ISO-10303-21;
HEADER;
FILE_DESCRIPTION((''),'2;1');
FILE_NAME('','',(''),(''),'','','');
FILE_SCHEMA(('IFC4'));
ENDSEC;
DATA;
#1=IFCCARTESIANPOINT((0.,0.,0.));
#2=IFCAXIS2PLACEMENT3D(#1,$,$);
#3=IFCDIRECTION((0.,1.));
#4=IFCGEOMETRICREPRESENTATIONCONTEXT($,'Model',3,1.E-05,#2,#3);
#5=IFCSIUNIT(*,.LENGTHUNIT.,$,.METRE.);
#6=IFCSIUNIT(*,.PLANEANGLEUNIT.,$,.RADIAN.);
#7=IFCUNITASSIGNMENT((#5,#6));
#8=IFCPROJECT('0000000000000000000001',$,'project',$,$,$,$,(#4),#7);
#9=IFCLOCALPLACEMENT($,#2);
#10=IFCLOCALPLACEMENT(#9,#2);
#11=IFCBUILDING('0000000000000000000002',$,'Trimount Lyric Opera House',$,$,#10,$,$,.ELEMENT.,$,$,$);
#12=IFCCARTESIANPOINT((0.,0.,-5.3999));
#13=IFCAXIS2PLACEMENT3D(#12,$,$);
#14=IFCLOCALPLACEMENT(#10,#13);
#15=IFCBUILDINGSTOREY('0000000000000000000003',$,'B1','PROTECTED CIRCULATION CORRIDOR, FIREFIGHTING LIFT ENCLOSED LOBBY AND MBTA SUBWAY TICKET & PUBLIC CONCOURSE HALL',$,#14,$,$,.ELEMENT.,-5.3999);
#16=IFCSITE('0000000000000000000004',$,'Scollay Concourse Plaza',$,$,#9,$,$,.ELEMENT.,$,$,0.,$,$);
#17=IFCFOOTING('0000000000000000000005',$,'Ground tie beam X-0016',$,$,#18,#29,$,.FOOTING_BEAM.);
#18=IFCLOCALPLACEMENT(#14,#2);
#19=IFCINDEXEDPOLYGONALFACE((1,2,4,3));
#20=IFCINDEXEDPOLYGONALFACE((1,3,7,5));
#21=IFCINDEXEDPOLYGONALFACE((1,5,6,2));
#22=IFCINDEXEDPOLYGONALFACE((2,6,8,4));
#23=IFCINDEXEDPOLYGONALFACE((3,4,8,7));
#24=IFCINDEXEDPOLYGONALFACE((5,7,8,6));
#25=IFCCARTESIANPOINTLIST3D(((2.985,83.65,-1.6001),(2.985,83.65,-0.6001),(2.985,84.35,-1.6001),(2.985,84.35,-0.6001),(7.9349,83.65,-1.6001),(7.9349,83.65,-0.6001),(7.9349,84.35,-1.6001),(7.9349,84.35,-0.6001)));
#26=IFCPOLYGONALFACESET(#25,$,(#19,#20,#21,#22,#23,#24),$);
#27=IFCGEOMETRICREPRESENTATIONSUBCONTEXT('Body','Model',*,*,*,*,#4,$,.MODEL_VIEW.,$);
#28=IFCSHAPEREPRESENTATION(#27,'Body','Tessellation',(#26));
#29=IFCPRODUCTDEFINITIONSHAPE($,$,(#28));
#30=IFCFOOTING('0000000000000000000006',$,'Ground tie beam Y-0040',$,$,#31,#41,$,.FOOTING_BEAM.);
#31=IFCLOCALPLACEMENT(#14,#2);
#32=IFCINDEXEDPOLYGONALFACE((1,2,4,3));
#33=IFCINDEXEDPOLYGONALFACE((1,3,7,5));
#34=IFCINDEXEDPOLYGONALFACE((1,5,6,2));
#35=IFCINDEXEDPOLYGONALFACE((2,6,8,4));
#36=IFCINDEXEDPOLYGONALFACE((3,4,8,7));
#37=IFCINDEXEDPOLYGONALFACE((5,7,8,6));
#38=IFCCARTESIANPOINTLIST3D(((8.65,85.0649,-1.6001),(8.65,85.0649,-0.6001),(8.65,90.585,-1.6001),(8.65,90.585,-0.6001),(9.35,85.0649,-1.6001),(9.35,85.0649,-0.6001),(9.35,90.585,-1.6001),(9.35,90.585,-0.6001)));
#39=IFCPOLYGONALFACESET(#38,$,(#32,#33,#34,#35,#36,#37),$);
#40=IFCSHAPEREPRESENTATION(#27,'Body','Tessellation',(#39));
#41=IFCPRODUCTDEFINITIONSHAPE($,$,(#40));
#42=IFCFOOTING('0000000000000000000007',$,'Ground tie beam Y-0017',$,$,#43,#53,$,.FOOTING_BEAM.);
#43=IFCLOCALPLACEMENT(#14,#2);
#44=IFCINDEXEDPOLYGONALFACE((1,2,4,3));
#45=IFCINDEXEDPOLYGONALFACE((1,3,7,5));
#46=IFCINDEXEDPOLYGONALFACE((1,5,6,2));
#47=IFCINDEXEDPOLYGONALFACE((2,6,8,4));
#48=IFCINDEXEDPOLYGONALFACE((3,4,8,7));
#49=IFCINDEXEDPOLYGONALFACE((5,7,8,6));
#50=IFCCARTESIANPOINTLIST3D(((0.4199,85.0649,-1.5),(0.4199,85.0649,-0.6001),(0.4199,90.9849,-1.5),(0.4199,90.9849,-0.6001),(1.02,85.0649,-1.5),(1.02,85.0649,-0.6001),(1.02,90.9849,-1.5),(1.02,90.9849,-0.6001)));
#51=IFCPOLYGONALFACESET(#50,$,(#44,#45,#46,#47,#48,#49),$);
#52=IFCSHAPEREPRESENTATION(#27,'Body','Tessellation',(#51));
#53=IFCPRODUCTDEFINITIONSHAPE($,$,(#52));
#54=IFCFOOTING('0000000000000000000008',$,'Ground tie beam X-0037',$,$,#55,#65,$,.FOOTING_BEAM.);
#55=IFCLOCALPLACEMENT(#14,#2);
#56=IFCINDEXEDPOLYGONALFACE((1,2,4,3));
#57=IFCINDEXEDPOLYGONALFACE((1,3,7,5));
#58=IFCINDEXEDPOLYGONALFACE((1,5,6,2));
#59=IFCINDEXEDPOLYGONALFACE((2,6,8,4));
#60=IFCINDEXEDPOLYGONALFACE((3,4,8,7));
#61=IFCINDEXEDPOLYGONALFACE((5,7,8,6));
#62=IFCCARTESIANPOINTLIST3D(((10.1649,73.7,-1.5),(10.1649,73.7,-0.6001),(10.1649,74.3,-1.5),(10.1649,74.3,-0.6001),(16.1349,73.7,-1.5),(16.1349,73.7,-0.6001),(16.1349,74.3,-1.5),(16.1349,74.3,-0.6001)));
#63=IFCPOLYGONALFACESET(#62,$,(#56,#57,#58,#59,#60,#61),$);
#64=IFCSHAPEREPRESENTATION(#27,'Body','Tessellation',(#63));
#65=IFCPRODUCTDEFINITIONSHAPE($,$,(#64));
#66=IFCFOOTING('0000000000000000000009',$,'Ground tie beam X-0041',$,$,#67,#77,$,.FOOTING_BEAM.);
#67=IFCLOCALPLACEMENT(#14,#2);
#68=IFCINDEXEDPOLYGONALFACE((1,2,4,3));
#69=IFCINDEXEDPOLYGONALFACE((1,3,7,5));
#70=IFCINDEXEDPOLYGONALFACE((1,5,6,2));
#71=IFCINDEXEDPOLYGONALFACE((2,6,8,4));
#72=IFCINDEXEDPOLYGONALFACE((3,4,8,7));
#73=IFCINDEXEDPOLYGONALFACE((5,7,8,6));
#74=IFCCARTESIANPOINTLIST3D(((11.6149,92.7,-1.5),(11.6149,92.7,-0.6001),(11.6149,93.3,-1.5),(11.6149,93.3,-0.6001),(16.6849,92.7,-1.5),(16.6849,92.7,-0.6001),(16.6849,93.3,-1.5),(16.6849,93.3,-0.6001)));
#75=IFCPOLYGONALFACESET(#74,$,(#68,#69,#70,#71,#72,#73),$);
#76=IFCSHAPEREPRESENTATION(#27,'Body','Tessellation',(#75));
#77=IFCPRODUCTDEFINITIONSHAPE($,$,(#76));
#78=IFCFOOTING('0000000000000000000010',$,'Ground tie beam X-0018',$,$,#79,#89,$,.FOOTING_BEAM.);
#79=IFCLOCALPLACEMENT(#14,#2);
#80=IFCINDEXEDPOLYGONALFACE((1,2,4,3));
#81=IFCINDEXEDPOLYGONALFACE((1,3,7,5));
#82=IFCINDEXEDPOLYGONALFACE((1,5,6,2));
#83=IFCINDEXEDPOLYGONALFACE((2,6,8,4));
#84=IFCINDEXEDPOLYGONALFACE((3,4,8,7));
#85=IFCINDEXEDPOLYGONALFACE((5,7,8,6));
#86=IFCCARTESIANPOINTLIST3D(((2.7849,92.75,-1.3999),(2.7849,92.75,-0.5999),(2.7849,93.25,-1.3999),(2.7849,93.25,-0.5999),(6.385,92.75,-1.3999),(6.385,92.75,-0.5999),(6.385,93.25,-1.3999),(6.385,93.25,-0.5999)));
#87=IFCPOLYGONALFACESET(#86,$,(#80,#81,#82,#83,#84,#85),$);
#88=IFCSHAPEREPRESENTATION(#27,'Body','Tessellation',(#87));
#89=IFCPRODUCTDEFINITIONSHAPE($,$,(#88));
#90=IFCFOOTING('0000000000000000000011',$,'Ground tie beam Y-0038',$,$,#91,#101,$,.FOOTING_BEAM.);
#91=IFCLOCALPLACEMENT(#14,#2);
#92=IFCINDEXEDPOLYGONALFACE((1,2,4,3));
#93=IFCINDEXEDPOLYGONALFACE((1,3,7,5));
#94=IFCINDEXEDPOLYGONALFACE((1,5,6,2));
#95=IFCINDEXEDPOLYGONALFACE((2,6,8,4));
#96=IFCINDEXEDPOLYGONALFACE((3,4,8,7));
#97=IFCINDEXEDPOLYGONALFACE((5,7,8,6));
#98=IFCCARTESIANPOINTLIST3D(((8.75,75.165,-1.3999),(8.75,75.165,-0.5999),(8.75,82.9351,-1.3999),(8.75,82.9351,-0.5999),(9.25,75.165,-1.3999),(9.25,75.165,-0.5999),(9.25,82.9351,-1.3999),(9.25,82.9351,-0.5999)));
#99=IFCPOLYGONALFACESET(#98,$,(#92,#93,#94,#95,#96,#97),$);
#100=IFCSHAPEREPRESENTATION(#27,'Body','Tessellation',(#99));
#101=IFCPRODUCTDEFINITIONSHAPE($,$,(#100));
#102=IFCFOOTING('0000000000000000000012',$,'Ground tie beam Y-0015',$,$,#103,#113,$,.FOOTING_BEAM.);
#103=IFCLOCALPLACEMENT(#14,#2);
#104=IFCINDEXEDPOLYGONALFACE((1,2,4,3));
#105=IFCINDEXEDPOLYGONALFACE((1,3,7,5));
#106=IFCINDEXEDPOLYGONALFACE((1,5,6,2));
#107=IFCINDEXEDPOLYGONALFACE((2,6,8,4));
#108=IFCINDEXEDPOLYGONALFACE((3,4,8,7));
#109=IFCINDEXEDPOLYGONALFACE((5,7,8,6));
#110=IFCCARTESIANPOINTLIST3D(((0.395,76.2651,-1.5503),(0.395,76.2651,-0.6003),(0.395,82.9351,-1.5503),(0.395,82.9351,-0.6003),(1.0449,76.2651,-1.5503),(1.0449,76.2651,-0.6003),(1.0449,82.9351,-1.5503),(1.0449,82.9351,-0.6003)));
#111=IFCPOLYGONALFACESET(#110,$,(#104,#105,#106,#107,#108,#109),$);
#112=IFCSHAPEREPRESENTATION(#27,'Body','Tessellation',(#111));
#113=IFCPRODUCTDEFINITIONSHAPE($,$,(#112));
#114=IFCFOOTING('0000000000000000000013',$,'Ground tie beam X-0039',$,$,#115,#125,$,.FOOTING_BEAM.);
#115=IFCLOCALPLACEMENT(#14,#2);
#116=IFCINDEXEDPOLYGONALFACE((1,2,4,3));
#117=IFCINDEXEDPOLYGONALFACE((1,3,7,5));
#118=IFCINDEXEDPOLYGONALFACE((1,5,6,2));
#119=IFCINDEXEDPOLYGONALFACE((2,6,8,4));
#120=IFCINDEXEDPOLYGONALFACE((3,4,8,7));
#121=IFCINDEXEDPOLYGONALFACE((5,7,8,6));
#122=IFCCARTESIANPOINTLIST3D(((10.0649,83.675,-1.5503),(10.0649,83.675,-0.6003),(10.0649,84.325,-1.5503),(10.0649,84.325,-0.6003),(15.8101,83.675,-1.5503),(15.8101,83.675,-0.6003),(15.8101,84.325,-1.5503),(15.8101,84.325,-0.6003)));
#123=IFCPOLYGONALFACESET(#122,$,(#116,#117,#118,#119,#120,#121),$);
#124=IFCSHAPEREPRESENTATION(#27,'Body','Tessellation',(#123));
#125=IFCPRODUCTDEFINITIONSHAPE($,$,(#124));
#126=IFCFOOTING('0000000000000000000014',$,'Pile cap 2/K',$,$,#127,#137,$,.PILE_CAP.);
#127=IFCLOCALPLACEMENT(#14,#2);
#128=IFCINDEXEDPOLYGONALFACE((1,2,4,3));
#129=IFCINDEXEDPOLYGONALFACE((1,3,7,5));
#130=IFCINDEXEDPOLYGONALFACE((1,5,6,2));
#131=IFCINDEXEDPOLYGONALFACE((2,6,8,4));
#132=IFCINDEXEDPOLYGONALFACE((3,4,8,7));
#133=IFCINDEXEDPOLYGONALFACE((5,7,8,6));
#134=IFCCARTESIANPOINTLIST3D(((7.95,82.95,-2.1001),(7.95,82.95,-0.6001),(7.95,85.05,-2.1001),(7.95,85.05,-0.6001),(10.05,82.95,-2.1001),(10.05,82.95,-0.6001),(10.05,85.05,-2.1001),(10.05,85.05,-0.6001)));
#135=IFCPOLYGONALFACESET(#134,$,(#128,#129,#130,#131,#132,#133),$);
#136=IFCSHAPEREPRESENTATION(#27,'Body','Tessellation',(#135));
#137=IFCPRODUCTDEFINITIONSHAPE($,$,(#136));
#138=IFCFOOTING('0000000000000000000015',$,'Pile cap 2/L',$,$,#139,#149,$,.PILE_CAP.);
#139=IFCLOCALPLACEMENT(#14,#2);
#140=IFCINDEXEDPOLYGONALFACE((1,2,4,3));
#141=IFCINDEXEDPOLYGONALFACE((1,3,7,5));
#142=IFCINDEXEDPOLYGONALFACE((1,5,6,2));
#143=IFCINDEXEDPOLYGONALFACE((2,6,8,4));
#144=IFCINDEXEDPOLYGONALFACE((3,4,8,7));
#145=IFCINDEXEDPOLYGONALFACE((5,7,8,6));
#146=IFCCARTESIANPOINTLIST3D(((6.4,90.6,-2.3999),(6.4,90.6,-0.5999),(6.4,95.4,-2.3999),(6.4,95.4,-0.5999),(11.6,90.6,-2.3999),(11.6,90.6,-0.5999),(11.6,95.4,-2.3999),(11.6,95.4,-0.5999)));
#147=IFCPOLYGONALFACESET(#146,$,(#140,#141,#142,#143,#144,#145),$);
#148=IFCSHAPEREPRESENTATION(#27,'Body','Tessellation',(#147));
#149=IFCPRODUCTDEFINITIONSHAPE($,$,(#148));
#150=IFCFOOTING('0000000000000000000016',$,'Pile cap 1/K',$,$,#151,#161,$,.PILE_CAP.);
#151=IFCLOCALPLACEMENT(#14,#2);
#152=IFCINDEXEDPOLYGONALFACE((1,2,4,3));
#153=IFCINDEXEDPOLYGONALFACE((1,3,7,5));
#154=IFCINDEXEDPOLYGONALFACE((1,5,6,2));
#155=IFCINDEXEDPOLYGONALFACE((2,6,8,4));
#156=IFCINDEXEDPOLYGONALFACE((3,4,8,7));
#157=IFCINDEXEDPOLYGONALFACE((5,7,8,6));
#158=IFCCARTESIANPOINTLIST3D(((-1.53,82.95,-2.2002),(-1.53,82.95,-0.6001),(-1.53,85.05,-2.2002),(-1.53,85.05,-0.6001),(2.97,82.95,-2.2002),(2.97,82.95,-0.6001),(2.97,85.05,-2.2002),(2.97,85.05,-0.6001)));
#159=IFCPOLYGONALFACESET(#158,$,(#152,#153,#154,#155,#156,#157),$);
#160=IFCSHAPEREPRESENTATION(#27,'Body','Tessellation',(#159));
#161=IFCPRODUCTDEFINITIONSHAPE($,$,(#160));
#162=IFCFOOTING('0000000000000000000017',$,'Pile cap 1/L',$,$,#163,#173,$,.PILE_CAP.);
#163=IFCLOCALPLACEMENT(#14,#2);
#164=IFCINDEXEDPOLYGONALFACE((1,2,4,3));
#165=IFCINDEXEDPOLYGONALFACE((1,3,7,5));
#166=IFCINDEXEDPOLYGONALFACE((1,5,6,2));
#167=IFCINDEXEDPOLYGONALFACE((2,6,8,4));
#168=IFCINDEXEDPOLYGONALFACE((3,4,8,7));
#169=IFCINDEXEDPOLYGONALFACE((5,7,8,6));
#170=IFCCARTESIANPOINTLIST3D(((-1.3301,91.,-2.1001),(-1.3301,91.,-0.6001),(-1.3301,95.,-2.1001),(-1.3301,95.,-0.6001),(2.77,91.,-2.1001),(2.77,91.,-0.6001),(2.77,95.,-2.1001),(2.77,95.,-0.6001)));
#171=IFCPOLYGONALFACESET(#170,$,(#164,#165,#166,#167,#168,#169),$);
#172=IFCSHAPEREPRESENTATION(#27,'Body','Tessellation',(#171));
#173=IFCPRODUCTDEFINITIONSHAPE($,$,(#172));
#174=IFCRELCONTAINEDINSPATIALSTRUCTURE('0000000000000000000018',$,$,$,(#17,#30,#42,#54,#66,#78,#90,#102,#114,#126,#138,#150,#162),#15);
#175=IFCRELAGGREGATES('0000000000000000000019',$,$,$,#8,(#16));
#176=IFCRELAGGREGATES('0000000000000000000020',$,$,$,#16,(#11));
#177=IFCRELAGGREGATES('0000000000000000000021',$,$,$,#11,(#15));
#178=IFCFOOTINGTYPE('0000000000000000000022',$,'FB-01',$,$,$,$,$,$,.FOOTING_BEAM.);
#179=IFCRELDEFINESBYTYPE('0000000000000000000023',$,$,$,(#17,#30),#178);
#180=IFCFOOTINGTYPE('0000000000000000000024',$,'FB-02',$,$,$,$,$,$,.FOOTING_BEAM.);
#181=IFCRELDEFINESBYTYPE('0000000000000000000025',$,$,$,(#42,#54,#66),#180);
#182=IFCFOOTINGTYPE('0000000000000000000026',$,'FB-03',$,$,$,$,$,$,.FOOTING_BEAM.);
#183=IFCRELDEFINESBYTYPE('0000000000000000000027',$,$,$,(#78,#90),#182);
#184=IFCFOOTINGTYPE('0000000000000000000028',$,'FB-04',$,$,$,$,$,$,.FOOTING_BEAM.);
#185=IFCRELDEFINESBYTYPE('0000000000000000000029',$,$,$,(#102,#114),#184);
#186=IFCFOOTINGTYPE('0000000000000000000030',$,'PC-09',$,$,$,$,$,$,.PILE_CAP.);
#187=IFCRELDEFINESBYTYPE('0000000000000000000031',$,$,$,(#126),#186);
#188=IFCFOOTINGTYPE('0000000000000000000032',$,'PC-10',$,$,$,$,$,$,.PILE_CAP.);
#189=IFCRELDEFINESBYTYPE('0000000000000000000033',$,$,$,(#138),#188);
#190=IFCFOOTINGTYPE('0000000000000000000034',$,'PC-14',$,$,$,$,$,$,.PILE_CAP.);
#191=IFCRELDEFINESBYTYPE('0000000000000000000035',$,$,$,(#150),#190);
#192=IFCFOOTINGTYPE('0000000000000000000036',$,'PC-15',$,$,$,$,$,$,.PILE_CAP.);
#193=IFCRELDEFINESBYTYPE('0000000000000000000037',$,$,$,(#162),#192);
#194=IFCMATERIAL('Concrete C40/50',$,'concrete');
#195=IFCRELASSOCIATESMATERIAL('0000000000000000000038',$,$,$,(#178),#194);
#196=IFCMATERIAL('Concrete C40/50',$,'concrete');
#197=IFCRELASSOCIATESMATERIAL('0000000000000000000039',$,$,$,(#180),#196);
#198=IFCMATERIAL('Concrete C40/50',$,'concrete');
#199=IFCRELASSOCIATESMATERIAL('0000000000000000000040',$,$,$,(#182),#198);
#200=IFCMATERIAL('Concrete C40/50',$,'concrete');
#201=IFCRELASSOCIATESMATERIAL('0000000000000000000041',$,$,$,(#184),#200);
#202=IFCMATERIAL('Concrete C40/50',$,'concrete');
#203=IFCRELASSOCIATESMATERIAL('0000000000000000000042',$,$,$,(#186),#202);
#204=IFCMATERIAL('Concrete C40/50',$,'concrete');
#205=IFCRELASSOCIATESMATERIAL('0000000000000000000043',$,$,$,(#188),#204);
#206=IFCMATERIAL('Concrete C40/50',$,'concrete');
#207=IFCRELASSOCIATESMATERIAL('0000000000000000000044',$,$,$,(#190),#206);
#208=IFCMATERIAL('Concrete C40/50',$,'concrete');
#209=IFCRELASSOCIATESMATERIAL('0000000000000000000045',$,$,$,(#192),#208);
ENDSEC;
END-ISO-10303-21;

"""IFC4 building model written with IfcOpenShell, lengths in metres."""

from ifc_helpers import new_model, si_unit, direction, frame, origin, origin_2d, place, context, subcontext, project, spatial, rectangle, extrude, material, type_object, element, save


model = new_model("IFC4")

# Units and contexts
model_context = context("Model", 3, precision=1e-05, world=origin(), true_north=direction((0.0, 1.0)))
body_context = subcontext(model_context, "Body", "Model", "MODEL_VIEW")
ifc_project = project(units=[si_unit("LENGTHUNIT", "METRE"), si_unit("PLANEANGLEUNIT", "RADIAN")], contexts=[model_context])

# Site, building, storey
site_placement = place(None, origin())
site = spatial("IfcSite", under=ifc_project, at=site_placement, Name="Scollay Concourse Plaza", CompositionType="ELEMENT", RefElevation=0.0)
building_placement = place(site_placement, origin())
building = spatial("IfcBuilding", under=site, at=building_placement, Name="Trimount Lyric Opera House", CompositionType="ELEMENT")
storey_placement = place(building_placement, frame((0.0, 0.0, -5.3999)))
storey = spatial("IfcBuildingStorey", under=building, at=storey_placement, Name="B1", Description="PROTECTED CIRCULATION CORRIDOR, FIREFIGHTING LIFT ENCLOSED LOBBY AND MBTA SUBWAY TICKET & PUBLIC CONCOURSE HALL", CompositionType="ELEMENT", Elevation=-5.3999)

# Footings
ifc_material_1 = material(Name="Concrete C40/50", Category="concrete")
footing_type_1 = type_object("IfcFootingType", Name="FB-01", PredefinedType="FOOTING_BEAM", material=ifc_material_1)
footing_1_placement = place(storey_placement, frame((5.46, 84.0, -1.6001), z_axis=(0.0, 0.0, 1.0), x_axis=(1.0, 0.0, 0.0)))
element("IfcFooting", 1, at=footing_1_placement, inside=storey, type_object=footing_type_1, Name="Ground tie beam X-0016", PredefinedType="FOOTING_BEAM", context=body_context, shape_type="SweptSolid", body=[
    extrude(rectangle(XDim=4.95, YDim=0.7, at=origin_2d()), origin(), (0.0, 0.0, 1.0), 1.0),
])
footing_2_placement = place(storey_placement, frame((9.0, 87.825, -1.6001), z_axis=(0.0, 0.0, 1.0), x_axis=(1.0, 0.0, 0.0)))
element("IfcFooting", 2, at=footing_2_placement, inside=storey, type_object=footing_type_1, Name="Ground tie beam Y-0040", PredefinedType="FOOTING_BEAM", context=body_context, shape_type="SweptSolid", body=[
    extrude(rectangle(XDim=0.7, YDim=5.52, at=origin_2d()), origin(), (0.0, 0.0, 1.0), 1.0),
])
ifc_material_2 = material(Name="Concrete C40/50", Category="concrete")
footing_type_2 = type_object("IfcFootingType", Name="FB-02", PredefinedType="FOOTING_BEAM", material=ifc_material_2)
footing_3_placement = place(storey_placement, frame((0.72, 88.0249, -1.5), z_axis=(0.0, 0.0, 1.0), x_axis=(1.0, 0.0, 0.0)))
element("IfcFooting", 3, at=footing_3_placement, inside=storey, type_object=footing_type_2, Name="Ground tie beam Y-0017", PredefinedType="FOOTING_BEAM", context=body_context, shape_type="SweptSolid", body=[
    extrude(rectangle(XDim=0.6001, YDim=5.9199, at=origin_2d()), origin(), (0.0, 0.0, 1.0), 0.8999),
])
footing_4_placement = place(storey_placement, frame((13.1499, 74.0, -1.5), z_axis=(0.0, 0.0, 1.0), x_axis=(1.0, 0.0, 0.0)))
element("IfcFooting", 4, at=footing_4_placement, inside=storey, type_object=footing_type_2, Name="Ground tie beam X-0037", PredefinedType="FOOTING_BEAM", context=body_context, shape_type="SweptSolid", body=[
    extrude(rectangle(XDim=5.97, YDim=0.6001, at=origin_2d()), origin(), (0.0, 0.0, 1.0), 0.8999),
])
footing_5_placement = place(storey_placement, frame((14.1499, 93.0, -1.5), z_axis=(0.0, 0.0, 1.0), x_axis=(1.0, 0.0, 0.0)))
element("IfcFooting", 5, at=footing_5_placement, inside=storey, type_object=footing_type_2, Name="Ground tie beam X-0041", PredefinedType="FOOTING_BEAM", context=body_context, shape_type="SweptSolid", body=[
    extrude(rectangle(XDim=5.0701, YDim=0.6001, at=origin_2d()), origin(), (0.0, 0.0, 1.0), 0.8999),
])
ifc_material_3 = material(Name="Concrete C40/50", Category="concrete")
footing_type_3 = type_object("IfcFootingType", Name="FB-03", PredefinedType="FOOTING_BEAM", material=ifc_material_3)
footing_6_placement = place(storey_placement, frame((4.585, 93.0, -1.3999), z_axis=(0.0, 0.0, 1.0), x_axis=(1.0, 0.0, 0.0)))
element("IfcFooting", 6, at=footing_6_placement, inside=storey, type_object=footing_type_3, Name="Ground tie beam X-0018", PredefinedType="FOOTING_BEAM", context=body_context, shape_type="SweptSolid", body=[
    extrude(rectangle(XDim=3.6001, YDim=0.5, at=origin_2d()), origin(), (0.0, 0.0, 1.0), 0.8),
])
footing_7_placement = place(storey_placement, frame((9.0, 79.05, -1.3999), z_axis=(0.0, 0.0, 1.0), x_axis=(1.0, 0.0, 0.0)))
element("IfcFooting", 7, at=footing_7_placement, inside=storey, type_object=footing_type_3, Name="Ground tie beam Y-0038", PredefinedType="FOOTING_BEAM", context=body_context, shape_type="SweptSolid", body=[
    extrude(rectangle(XDim=0.5, YDim=7.77, at=origin_2d()), origin(), (0.0, 0.0, 1.0), 0.8),
])
ifc_material_4 = material(Name="Concrete C40/50", Category="concrete")
footing_type_4 = type_object("IfcFootingType", Name="FB-04", PredefinedType="FOOTING_BEAM", material=ifc_material_4)
footing_8_placement = place(storey_placement, frame((0.72, 79.6001, -1.5503), z_axis=(0.0, 0.0, 1.0), x_axis=(1.0, 0.0, 0.0)))
element("IfcFooting", 8, at=footing_8_placement, inside=storey, type_object=footing_type_4, Name="Ground tie beam Y-0015", PredefinedType="FOOTING_BEAM", context=body_context, shape_type="SweptSolid", body=[
    extrude(rectangle(XDim=0.6499, YDim=6.6699, at=origin_2d()), origin(), (0.0, 0.0, 1.0), 0.95),
])
footing_9_placement = place(storey_placement, frame((12.9375, 84.0, -1.5503), z_axis=(0.0, 0.0, 1.0), x_axis=(1.0, 0.0, 0.0)))
element("IfcFooting", 9, at=footing_9_placement, inside=storey, type_object=footing_type_4, Name="Ground tie beam X-0039", PredefinedType="FOOTING_BEAM", context=body_context, shape_type="SweptSolid", body=[
    extrude(rectangle(XDim=5.7451, YDim=0.6499, at=origin_2d()), origin(), (0.0, 0.0, 1.0), 0.95),
])
ifc_material_5 = material(Name="Concrete C40/50", Category="concrete")
footing_type_5 = type_object("IfcFootingType", Name="PC-09", PredefinedType="PILE_CAP", material=ifc_material_5)
footing_10_placement = place(storey_placement, frame((9.0, 84.0, -2.1001), z_axis=(0.0, 0.0, 1.0), x_axis=(1.0, 0.0, 0.0)))
element("IfcFooting", 10, at=footing_10_placement, inside=storey, type_object=footing_type_5, Name="Pile cap 2/K", PredefinedType="PILE_CAP", context=body_context, shape_type="SweptSolid", body=[
    extrude(rectangle(XDim=2.1001, YDim=2.1001, at=origin_2d()), origin(), (0.0, 0.0, 1.0), 1.5),
])
ifc_material_6 = material(Name="Concrete C40/50", Category="concrete")
footing_type_6 = type_object("IfcFootingType", Name="PC-10", PredefinedType="PILE_CAP", material=ifc_material_6)
footing_11_placement = place(storey_placement, frame((9.0, 93.0, -2.3999), z_axis=(0.0, 0.0, 1.0), x_axis=(1.0, 0.0, 0.0)))
element("IfcFooting", 11, at=footing_11_placement, inside=storey, type_object=footing_type_6, Name="Pile cap 2/L", PredefinedType="PILE_CAP", context=body_context, shape_type="SweptSolid", body=[
    extrude(rectangle(XDim=5.2, YDim=4.8, at=origin_2d()), origin(), (0.0, 0.0, 1.0), 1.8),
])
ifc_material_7 = material(Name="Concrete C40/50", Category="concrete")
footing_type_7 = type_object("IfcFootingType", Name="PC-14", PredefinedType="PILE_CAP", material=ifc_material_7)
footing_12_placement = place(storey_placement, frame((0.72, 84.0, -2.2002), z_axis=(0.0, 0.0, 1.0), x_axis=(1.0, 0.0, 0.0)))
element("IfcFooting", 12, at=footing_12_placement, inside=storey, type_object=footing_type_7, Name="Pile cap 1/K", PredefinedType="PILE_CAP", context=body_context, shape_type="SweptSolid", body=[
    extrude(rectangle(XDim=4.5, YDim=2.1001, at=origin_2d()), origin(), (0.0, 0.0, 1.0), 1.6001),
])
ifc_material_8 = material(Name="Concrete C40/50", Category="concrete")
footing_type_8 = type_object("IfcFootingType", Name="PC-15", PredefinedType="PILE_CAP", material=ifc_material_8)
footing_13_placement = place(storey_placement, frame((0.72, 93.0, -2.1001), z_axis=(0.0, 0.0, 1.0), x_axis=(1.0, 0.0, 0.0)))
element("IfcFooting", 13, at=footing_13_placement, inside=storey, type_object=footing_type_8, Name="Pile cap 1/L", PredefinedType="PILE_CAP", context=body_context, shape_type="SweptSolid", body=[
    extrude(rectangle(XDim=4.1001, YDim=4.0, at=origin_2d()), origin(), (0.0, 0.0, 1.0), 1.5),
])

save(model, "model.ifc")
